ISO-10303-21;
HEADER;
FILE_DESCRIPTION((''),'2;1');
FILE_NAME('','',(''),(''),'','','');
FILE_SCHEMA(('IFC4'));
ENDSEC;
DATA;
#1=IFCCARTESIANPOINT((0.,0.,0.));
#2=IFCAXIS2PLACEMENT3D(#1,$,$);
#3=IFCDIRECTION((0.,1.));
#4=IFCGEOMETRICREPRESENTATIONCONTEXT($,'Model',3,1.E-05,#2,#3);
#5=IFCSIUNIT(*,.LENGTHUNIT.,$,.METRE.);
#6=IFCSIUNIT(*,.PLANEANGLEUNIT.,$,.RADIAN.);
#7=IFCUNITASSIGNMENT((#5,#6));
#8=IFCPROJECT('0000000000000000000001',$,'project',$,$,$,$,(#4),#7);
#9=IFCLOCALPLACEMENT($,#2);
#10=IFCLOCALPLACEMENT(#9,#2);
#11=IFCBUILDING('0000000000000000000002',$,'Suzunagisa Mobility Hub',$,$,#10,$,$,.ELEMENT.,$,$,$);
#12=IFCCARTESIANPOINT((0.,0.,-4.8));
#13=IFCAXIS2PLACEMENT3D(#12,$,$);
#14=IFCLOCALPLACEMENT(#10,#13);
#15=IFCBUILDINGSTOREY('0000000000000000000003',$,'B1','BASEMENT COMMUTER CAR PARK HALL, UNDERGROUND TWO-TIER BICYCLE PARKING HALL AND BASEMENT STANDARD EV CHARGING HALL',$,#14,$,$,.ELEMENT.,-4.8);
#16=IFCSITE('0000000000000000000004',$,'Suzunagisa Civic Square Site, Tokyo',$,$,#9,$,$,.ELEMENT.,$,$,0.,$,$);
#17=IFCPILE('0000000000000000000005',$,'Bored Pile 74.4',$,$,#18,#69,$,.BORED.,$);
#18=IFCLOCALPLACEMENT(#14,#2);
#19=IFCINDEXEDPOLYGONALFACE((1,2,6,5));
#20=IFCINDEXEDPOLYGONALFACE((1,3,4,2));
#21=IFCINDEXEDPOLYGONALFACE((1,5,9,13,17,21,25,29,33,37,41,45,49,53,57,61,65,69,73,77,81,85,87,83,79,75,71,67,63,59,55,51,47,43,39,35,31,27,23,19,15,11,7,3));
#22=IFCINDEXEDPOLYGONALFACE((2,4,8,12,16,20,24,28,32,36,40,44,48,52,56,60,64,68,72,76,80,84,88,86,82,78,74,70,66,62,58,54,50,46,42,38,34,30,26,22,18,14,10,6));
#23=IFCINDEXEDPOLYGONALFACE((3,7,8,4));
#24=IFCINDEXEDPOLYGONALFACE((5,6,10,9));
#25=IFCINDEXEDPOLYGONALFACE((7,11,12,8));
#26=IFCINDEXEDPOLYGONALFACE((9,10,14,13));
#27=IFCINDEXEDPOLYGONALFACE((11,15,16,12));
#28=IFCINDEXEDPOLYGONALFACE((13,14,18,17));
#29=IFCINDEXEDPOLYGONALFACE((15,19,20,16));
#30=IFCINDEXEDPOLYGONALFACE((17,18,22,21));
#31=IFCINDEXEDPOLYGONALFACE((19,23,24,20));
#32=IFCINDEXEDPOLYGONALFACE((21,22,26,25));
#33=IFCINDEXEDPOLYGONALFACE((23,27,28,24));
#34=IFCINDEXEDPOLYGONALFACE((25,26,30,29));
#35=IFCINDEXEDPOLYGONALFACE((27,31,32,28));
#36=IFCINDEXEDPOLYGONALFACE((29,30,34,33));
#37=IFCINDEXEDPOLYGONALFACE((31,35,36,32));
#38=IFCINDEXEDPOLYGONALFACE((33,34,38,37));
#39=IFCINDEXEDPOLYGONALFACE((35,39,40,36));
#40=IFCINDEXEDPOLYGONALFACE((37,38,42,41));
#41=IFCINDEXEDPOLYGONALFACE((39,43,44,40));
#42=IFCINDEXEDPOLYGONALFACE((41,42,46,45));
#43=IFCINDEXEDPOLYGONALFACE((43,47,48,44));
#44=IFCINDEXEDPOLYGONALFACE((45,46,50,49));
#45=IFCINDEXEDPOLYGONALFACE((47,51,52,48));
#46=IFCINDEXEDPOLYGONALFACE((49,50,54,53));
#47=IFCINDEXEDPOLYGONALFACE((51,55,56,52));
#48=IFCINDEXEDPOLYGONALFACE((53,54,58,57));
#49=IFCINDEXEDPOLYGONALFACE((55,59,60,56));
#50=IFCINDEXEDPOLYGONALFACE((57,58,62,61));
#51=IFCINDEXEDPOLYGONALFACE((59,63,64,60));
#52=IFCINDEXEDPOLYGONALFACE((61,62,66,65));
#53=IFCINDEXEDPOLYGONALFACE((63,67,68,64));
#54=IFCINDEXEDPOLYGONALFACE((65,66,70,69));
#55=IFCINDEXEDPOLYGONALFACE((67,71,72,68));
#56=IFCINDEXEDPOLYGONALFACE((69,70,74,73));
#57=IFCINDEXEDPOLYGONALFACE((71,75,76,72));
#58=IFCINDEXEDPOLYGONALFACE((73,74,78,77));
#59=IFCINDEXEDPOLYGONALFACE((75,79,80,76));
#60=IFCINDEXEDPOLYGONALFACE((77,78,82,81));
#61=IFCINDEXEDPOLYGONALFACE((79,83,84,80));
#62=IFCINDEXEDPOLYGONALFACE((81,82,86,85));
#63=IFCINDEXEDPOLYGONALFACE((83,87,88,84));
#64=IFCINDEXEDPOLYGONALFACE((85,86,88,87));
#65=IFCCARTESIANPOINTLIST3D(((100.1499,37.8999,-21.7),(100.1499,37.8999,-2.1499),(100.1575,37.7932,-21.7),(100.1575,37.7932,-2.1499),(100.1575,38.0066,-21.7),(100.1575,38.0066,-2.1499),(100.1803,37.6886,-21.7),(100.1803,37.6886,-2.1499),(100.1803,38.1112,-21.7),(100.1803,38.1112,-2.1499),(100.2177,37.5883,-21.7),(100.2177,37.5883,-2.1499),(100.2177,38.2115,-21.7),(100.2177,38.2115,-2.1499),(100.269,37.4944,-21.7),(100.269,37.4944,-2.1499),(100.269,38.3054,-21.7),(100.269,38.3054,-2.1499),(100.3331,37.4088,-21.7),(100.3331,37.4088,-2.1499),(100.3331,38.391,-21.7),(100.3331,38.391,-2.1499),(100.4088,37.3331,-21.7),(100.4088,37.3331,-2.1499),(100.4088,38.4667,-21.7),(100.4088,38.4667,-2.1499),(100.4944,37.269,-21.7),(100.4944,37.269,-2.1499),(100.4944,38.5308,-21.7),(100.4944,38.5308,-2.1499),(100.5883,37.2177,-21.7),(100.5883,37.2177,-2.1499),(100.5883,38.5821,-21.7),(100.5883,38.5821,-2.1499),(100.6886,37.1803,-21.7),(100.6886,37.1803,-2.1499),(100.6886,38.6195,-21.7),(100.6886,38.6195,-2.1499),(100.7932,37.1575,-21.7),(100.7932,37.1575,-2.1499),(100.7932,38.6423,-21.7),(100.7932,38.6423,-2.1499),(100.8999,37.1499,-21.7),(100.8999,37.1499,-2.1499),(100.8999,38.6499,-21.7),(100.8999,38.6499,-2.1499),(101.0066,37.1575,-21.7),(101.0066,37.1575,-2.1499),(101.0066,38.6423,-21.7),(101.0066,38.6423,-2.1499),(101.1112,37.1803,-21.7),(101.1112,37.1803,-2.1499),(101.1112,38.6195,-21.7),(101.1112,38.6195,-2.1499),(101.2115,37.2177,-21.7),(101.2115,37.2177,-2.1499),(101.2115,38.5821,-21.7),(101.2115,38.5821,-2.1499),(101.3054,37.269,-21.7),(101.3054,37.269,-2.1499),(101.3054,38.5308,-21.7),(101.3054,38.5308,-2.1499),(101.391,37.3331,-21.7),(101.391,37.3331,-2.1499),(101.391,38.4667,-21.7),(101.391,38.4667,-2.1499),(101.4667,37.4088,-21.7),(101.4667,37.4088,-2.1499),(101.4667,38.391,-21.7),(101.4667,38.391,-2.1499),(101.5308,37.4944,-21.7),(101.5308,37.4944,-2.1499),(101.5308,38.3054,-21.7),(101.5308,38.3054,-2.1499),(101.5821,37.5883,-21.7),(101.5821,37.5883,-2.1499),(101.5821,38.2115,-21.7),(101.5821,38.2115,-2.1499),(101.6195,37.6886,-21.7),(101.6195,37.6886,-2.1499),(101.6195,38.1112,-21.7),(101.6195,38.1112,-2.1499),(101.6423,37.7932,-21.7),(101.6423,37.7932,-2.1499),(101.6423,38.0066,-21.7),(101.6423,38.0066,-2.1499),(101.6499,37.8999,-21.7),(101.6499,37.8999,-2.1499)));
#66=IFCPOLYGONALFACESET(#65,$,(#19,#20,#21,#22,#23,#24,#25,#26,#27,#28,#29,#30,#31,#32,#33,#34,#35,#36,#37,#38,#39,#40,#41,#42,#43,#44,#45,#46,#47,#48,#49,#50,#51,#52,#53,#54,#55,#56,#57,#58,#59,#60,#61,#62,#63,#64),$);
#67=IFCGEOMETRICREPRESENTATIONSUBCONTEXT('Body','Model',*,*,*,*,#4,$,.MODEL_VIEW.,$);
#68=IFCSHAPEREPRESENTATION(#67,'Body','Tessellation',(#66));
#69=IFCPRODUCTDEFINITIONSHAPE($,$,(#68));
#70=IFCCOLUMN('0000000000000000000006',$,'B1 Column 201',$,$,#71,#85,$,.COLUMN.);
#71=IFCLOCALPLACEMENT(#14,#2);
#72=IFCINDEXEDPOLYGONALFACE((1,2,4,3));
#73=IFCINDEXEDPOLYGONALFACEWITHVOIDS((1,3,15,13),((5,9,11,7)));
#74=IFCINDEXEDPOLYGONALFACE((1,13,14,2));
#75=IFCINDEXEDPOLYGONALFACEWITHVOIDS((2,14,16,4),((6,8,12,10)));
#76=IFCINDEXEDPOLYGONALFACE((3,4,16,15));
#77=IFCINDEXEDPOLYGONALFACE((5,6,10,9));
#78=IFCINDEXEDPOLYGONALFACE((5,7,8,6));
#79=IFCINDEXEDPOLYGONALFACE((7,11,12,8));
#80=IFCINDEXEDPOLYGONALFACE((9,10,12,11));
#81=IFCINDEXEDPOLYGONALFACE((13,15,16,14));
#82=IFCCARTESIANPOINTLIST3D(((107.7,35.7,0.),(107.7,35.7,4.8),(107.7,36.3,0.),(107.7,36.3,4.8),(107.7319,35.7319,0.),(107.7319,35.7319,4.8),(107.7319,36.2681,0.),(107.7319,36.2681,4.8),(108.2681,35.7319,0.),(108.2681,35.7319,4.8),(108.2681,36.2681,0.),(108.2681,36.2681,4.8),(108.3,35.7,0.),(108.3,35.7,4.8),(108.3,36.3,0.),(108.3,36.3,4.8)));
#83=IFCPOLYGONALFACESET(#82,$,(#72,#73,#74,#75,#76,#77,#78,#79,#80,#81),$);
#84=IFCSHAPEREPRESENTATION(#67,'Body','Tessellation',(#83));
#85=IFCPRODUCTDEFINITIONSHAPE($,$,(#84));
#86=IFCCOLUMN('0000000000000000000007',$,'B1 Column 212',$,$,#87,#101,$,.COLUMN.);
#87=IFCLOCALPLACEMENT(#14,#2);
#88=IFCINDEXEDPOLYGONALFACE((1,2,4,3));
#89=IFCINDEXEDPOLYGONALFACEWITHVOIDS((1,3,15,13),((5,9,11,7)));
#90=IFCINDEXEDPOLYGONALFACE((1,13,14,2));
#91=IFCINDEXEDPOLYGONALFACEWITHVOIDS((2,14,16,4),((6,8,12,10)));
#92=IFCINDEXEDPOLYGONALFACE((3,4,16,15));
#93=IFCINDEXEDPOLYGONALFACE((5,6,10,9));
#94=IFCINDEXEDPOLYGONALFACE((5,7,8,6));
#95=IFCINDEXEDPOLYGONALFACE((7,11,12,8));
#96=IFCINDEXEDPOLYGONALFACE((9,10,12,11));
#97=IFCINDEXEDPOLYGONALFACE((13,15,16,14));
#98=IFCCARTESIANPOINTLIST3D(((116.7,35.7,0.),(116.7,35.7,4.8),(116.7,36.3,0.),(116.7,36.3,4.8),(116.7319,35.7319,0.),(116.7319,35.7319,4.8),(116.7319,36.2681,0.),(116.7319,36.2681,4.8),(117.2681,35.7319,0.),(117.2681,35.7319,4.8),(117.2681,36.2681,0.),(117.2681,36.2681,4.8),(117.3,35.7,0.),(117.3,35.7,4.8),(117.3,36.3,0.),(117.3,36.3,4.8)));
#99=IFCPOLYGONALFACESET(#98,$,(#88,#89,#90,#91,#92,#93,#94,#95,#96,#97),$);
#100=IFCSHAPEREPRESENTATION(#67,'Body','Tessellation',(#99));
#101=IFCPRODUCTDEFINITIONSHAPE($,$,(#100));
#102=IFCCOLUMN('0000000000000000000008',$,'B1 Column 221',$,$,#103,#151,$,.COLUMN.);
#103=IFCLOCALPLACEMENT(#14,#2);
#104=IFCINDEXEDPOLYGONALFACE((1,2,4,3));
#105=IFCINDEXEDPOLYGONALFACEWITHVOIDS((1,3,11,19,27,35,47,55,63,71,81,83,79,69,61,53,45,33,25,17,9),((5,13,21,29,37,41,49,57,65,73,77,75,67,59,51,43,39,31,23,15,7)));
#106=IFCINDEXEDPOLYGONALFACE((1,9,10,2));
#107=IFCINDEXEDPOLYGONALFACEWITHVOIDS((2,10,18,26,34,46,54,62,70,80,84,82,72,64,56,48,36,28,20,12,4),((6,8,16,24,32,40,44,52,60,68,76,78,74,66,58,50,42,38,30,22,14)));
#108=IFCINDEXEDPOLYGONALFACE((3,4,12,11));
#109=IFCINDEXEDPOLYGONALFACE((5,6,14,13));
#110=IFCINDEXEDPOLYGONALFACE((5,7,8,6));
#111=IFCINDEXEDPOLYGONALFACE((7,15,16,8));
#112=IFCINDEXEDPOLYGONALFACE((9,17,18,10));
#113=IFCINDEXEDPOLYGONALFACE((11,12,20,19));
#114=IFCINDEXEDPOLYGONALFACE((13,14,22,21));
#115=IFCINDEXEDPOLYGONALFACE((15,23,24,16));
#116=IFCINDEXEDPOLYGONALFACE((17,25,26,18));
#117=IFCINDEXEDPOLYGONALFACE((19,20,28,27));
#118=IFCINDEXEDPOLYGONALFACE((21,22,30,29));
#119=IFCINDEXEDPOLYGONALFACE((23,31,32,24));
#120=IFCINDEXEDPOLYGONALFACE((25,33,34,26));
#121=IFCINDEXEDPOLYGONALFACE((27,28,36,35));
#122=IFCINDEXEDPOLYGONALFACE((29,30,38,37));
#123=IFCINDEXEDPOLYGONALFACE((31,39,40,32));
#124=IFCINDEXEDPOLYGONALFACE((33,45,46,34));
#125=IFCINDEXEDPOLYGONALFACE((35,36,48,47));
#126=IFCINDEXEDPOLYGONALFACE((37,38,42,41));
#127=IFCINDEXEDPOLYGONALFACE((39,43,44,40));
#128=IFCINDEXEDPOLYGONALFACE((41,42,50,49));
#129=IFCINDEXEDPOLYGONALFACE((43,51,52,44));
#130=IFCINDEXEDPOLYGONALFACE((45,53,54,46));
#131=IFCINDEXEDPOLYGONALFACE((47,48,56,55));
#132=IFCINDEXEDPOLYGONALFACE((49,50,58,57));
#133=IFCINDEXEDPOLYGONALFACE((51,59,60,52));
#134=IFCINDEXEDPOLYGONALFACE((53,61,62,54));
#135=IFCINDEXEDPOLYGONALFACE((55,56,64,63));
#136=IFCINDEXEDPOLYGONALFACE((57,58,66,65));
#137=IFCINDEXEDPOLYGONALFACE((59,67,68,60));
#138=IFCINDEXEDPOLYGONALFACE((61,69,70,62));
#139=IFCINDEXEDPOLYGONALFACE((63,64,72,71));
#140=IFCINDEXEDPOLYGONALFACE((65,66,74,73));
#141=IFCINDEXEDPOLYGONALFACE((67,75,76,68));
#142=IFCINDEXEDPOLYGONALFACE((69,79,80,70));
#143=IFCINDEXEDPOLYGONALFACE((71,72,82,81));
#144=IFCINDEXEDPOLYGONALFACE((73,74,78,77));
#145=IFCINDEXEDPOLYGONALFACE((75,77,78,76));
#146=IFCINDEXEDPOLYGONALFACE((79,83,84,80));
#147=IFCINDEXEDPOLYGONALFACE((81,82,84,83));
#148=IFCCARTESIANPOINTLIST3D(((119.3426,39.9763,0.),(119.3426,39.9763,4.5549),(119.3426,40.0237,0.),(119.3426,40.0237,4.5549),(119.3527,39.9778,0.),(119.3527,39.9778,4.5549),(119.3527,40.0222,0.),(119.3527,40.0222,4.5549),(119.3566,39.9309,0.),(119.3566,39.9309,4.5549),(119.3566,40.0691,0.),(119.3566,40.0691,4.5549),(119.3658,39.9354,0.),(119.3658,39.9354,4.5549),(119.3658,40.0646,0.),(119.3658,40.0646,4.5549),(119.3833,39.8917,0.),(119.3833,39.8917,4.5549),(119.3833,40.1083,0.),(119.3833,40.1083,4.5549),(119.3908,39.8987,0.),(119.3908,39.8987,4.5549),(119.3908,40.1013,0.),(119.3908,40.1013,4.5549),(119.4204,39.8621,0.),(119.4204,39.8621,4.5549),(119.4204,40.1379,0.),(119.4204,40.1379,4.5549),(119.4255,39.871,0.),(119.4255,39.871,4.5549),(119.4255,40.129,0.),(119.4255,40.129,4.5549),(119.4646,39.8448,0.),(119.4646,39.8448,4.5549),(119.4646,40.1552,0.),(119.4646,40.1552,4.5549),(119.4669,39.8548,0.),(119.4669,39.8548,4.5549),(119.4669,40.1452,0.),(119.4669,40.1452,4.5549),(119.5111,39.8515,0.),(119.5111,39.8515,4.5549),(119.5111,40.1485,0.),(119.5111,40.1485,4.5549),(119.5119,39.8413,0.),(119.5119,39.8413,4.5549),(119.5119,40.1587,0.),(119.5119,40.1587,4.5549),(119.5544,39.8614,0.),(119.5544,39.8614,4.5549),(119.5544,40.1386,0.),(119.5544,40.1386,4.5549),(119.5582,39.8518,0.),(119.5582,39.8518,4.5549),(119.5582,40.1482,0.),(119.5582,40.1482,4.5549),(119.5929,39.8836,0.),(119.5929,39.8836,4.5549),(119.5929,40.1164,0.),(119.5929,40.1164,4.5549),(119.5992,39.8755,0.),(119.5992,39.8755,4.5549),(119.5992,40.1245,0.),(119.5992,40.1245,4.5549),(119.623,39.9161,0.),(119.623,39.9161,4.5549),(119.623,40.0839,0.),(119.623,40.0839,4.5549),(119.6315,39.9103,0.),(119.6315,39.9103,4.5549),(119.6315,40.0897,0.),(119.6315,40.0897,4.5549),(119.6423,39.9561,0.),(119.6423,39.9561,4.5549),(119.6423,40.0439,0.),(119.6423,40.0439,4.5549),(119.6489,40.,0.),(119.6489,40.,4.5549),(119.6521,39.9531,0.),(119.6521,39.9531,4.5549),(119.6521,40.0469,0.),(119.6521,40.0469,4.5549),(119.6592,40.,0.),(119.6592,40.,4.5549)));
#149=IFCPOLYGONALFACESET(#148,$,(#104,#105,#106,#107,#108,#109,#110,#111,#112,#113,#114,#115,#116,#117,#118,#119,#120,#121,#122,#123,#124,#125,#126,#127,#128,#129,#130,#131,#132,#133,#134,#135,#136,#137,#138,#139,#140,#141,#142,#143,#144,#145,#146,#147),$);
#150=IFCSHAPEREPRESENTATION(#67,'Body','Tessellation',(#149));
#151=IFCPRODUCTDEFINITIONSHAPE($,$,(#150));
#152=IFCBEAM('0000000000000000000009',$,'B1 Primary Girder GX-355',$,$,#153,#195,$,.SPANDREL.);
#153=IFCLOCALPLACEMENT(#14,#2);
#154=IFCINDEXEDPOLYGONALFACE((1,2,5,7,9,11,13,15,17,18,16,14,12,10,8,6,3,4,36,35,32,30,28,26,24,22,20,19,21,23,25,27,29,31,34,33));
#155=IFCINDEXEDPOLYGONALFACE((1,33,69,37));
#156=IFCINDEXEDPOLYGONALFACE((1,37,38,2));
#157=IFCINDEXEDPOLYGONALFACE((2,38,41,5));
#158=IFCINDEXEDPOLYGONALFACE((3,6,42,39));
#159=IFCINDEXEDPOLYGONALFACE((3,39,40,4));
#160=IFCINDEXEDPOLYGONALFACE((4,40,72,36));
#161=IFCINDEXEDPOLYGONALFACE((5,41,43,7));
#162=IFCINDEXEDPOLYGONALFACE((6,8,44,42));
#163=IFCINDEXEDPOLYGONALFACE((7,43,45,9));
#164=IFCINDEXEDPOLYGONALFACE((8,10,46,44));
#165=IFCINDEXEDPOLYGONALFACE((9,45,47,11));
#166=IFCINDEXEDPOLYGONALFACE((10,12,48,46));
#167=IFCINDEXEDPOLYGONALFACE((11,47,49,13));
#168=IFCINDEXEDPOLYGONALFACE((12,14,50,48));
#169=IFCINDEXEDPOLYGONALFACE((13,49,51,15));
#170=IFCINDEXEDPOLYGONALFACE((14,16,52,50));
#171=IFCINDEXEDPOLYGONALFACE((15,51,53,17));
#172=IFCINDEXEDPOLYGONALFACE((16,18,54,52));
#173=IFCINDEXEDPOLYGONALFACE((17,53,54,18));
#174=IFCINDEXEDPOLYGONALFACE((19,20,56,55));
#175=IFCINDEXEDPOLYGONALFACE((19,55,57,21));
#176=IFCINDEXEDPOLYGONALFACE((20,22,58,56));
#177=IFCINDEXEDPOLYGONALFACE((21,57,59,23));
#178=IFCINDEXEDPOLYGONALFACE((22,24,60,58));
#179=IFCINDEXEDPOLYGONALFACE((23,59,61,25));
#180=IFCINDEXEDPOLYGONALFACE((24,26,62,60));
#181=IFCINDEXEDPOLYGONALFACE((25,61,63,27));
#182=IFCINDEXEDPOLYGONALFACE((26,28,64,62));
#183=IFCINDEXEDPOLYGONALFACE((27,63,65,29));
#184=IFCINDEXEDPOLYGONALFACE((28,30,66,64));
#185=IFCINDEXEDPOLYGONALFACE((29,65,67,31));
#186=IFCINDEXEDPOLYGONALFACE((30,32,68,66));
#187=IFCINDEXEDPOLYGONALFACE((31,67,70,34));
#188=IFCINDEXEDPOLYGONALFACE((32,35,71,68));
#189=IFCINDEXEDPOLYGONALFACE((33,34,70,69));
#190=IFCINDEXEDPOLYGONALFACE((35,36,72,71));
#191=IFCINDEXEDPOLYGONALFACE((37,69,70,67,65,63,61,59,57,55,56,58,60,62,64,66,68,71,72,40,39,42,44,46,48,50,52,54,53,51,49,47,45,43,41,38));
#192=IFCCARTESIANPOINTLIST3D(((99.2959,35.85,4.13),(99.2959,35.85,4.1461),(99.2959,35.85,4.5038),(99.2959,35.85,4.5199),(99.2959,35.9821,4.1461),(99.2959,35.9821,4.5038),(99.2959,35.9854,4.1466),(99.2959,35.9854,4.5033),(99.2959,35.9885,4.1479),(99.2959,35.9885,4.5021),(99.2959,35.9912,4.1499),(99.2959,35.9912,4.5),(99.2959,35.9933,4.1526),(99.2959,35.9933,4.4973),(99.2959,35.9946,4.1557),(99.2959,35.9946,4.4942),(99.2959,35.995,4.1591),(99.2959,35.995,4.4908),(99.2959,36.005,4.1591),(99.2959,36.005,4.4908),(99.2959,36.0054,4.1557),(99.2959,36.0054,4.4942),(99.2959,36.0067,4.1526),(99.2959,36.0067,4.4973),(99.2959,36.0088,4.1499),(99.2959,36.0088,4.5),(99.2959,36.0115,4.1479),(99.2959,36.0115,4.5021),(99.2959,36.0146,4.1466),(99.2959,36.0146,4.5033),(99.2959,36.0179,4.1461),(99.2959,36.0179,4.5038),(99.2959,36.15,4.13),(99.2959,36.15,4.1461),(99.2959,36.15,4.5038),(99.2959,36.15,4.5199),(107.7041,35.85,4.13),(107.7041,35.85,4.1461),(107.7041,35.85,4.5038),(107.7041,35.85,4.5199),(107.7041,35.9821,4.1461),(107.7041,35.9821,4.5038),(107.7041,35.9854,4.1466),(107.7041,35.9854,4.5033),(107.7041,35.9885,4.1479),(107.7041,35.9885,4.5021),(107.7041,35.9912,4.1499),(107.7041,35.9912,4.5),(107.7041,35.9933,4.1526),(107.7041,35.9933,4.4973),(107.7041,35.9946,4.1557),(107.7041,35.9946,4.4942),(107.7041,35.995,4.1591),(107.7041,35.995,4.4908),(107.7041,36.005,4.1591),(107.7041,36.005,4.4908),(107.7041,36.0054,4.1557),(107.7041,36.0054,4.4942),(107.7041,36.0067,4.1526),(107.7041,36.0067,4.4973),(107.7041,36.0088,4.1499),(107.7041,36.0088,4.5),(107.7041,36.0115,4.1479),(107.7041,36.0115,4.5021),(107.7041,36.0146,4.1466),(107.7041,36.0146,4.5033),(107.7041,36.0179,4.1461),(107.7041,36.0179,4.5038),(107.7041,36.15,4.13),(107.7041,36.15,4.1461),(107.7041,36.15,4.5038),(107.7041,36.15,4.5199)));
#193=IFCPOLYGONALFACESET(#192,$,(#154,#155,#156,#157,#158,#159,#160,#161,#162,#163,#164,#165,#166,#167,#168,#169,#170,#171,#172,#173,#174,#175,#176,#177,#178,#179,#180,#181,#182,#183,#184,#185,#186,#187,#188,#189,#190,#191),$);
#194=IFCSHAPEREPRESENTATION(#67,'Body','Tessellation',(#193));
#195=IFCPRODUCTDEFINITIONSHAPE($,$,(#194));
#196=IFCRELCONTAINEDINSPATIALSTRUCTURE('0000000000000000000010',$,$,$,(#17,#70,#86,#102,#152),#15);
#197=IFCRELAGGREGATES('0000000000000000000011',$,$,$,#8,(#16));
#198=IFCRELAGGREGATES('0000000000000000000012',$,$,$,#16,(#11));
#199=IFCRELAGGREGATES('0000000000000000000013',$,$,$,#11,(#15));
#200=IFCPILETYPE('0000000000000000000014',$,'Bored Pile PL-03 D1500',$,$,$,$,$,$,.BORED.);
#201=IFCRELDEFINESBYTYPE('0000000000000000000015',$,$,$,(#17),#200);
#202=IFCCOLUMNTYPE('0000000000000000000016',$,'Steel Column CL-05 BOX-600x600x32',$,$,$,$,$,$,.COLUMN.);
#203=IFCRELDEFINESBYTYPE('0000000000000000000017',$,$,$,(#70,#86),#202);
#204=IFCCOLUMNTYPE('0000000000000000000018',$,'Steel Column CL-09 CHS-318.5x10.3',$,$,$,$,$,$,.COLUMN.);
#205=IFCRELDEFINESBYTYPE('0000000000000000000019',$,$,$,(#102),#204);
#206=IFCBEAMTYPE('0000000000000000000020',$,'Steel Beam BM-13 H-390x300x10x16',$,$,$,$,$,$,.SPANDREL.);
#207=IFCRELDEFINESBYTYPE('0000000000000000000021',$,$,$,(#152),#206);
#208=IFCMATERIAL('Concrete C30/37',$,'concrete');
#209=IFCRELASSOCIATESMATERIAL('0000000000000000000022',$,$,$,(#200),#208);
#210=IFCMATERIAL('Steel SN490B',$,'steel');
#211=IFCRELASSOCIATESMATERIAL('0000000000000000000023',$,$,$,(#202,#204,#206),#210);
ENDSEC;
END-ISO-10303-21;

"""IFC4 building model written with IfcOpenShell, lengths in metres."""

from ifc_helpers import new_model, si_unit, direction, frame, origin, origin_2d, place, context, subcontext, project, spatial, hollow_rectangle, circle, hollow_circle, i_section, extrude, material, material_profile, profile_set, type_object, element, save


model = new_model("IFC4")

# Units and contexts
model_context = context("Model", 3, precision=1e-05, world=origin(), true_north=direction((0.0, 1.0)))
body_context = subcontext(model_context, "Body", "Model", "MODEL_VIEW")
ifc_project = project(units=[si_unit("LENGTHUNIT", "METRE"), si_unit("PLANEANGLEUNIT", "RADIAN")], contexts=[model_context])

# Site, building, storey
site_placement = place(None, origin())
site = spatial("IfcSite", under=ifc_project, at=site_placement, Name="Suzunagisa Civic Square Site, Tokyo", CompositionType="ELEMENT", RefElevation=0.0)
building_placement = place(site_placement, origin())
building = spatial("IfcBuilding", under=site, at=building_placement, Name="Suzunagisa Mobility Hub", CompositionType="ELEMENT")
storey_placement = place(building_placement, frame((0.0, 0.0, -4.8)))
storey = spatial("IfcBuildingStorey", under=building, at=storey_placement, Name="B1", Description="BASEMENT COMMUTER CAR PARK HALL, UNDERGROUND TWO-TIER BICYCLE PARKING HALL AND BASEMENT STANDARD EV CHARGING HALL", CompositionType="ELEMENT", Elevation=-4.8)

# Pile
ifc_material_1 = material(Name="Concrete C30/37", Category="concrete")
ifc_material_profile_1 = material_profile(ifc_material_1, circle(Radius=0.75, at=origin_2d()), Name="BORED PILE D1500")
ifc_profile_set_1 = profile_set([ifc_material_profile_1], Name="Concrete C30/37")
pile_type_1 = type_object("IfcPileType", Name="Bored Pile PL-03 D1500", PredefinedType="BORED", material=ifc_profile_set_1)
for number, where, z_axis, x_axis, name in (
    (1, (100.8999, 37.8999, -2.1499), (0.0, 0.0, -1.0), (1.0, 0.0, 0.0), "Bored Pile 74.4"),
):
    element("IfcPile", number, at=place(storey_placement, frame(where, z_axis=z_axis, x_axis=x_axis)), inside=storey, type_object=pile_type_1, Name=name, PredefinedType="BORED", context=body_context, shape_type="SweptSolid", body=[
        extrude(circle(Radius=0.75, at=origin_2d()), origin(), (0.0, 0.0, 1.0), 19.55),
    ])

# Columns
ifc_material_2 = material(Name="Steel SN490B", Category="steel")
ifc_material_profile_2 = material_profile(ifc_material_2, hollow_rectangle(XDim=0.6001, YDim=0.6001, WallThickness=0.032, at=origin_2d()), Name="BOX-600x600x32")
ifc_profile_set_2 = profile_set([ifc_material_profile_2], Name="Steel SN490B")
column_type_1 = type_object("IfcColumnType", Name="Steel Column CL-05 BOX-600x600x32", PredefinedType="COLUMN", material=ifc_profile_set_2)
for number, where, z_axis, x_axis, name in (
    (2, (108.0, 36.0, 0.0), (0.0, 0.0, 1.0), (1.0, 0.0, 0.0), "B1 Column 201"),
    (3, (117.0, 36.0, 0.0), (0.0, 0.0, 1.0), (1.0, 0.0, 0.0), "B1 Column 212"),
):
    element("IfcColumn", number, at=place(storey_placement, frame(where, z_axis=z_axis, x_axis=x_axis)), inside=storey, type_object=column_type_1, Name=name, PredefinedType="COLUMN", context=body_context, shape_type="SweptSolid", body=[
        extrude(hollow_rectangle(XDim=0.6001, YDim=0.6001, WallThickness=0.032, at=origin_2d()), origin(), (0.0, 0.0, 1.0), 4.8),
    ])
ifc_material_profile_3 = material_profile(ifc_material_2, hollow_circle(Radius=0.1592, WallThickness=0.0103, at=origin_2d()), Name="CHS-318.5x10.3")
ifc_profile_set_3 = profile_set([ifc_material_profile_3], Name="Steel SN490B")
column_type_2 = type_object("IfcColumnType", Name="Steel Column CL-09 CHS-318.5x10.3", PredefinedType="COLUMN", material=ifc_profile_set_3)
column_placement = place(storey_placement, frame((119.5, 40.0, 0.0), z_axis=(0.0, 0.0, 1.0), x_axis=(1.0, 0.0, 0.0)))
element("IfcColumn", 4, at=column_placement, inside=storey, type_object=column_type_2, Name="B1 Column 221", PredefinedType="COLUMN", context=body_context, shape_type="SweptSolid", body=[
    extrude(hollow_circle(Radius=0.1592, WallThickness=0.0103, at=origin_2d()), origin(), (0.0, 0.0, 1.0), 4.5549),
])

# Beam
ifc_material_profile_4 = material_profile(ifc_material_2, i_section(OverallWidth=0.3, OverallDepth=0.3899, WebThickness=0.01, FlangeThickness=0.0161, FilletRadius=0.0129, at=origin_2d()), Name="H-390x300x10x16")
ifc_profile_set_4 = profile_set([ifc_material_profile_4], Name="Steel SN490B")
beam_type = type_object("IfcBeamType", Name="Steel Beam BM-13 H-390x300x10x16", PredefinedType="SPANDREL", material=ifc_profile_set_4)
for number, where, z_axis, x_axis, name in (
    (5, (99.2959, 36.0, 4.325), (1.0, 0.0, 0.0), (0.0, 1.0, 0.0), "B1 Primary Girder GX-355"),
):
    element("IfcBeam", number, at=place(storey_placement, frame(where, z_axis=z_axis, x_axis=x_axis)), inside=storey, type_object=beam_type, Name=name, PredefinedType="SPANDREL", context=body_context, shape_type="SweptSolid", body=[
        extrude(i_section(OverallWidth=0.3, OverallDepth=0.3899, WebThickness=0.01, FlangeThickness=0.0161, FilletRadius=0.0129, at=origin_2d()), origin(), (0.0, 0.0, 1.0), 8.4082),
    ])

save(model, "model.ifc")
